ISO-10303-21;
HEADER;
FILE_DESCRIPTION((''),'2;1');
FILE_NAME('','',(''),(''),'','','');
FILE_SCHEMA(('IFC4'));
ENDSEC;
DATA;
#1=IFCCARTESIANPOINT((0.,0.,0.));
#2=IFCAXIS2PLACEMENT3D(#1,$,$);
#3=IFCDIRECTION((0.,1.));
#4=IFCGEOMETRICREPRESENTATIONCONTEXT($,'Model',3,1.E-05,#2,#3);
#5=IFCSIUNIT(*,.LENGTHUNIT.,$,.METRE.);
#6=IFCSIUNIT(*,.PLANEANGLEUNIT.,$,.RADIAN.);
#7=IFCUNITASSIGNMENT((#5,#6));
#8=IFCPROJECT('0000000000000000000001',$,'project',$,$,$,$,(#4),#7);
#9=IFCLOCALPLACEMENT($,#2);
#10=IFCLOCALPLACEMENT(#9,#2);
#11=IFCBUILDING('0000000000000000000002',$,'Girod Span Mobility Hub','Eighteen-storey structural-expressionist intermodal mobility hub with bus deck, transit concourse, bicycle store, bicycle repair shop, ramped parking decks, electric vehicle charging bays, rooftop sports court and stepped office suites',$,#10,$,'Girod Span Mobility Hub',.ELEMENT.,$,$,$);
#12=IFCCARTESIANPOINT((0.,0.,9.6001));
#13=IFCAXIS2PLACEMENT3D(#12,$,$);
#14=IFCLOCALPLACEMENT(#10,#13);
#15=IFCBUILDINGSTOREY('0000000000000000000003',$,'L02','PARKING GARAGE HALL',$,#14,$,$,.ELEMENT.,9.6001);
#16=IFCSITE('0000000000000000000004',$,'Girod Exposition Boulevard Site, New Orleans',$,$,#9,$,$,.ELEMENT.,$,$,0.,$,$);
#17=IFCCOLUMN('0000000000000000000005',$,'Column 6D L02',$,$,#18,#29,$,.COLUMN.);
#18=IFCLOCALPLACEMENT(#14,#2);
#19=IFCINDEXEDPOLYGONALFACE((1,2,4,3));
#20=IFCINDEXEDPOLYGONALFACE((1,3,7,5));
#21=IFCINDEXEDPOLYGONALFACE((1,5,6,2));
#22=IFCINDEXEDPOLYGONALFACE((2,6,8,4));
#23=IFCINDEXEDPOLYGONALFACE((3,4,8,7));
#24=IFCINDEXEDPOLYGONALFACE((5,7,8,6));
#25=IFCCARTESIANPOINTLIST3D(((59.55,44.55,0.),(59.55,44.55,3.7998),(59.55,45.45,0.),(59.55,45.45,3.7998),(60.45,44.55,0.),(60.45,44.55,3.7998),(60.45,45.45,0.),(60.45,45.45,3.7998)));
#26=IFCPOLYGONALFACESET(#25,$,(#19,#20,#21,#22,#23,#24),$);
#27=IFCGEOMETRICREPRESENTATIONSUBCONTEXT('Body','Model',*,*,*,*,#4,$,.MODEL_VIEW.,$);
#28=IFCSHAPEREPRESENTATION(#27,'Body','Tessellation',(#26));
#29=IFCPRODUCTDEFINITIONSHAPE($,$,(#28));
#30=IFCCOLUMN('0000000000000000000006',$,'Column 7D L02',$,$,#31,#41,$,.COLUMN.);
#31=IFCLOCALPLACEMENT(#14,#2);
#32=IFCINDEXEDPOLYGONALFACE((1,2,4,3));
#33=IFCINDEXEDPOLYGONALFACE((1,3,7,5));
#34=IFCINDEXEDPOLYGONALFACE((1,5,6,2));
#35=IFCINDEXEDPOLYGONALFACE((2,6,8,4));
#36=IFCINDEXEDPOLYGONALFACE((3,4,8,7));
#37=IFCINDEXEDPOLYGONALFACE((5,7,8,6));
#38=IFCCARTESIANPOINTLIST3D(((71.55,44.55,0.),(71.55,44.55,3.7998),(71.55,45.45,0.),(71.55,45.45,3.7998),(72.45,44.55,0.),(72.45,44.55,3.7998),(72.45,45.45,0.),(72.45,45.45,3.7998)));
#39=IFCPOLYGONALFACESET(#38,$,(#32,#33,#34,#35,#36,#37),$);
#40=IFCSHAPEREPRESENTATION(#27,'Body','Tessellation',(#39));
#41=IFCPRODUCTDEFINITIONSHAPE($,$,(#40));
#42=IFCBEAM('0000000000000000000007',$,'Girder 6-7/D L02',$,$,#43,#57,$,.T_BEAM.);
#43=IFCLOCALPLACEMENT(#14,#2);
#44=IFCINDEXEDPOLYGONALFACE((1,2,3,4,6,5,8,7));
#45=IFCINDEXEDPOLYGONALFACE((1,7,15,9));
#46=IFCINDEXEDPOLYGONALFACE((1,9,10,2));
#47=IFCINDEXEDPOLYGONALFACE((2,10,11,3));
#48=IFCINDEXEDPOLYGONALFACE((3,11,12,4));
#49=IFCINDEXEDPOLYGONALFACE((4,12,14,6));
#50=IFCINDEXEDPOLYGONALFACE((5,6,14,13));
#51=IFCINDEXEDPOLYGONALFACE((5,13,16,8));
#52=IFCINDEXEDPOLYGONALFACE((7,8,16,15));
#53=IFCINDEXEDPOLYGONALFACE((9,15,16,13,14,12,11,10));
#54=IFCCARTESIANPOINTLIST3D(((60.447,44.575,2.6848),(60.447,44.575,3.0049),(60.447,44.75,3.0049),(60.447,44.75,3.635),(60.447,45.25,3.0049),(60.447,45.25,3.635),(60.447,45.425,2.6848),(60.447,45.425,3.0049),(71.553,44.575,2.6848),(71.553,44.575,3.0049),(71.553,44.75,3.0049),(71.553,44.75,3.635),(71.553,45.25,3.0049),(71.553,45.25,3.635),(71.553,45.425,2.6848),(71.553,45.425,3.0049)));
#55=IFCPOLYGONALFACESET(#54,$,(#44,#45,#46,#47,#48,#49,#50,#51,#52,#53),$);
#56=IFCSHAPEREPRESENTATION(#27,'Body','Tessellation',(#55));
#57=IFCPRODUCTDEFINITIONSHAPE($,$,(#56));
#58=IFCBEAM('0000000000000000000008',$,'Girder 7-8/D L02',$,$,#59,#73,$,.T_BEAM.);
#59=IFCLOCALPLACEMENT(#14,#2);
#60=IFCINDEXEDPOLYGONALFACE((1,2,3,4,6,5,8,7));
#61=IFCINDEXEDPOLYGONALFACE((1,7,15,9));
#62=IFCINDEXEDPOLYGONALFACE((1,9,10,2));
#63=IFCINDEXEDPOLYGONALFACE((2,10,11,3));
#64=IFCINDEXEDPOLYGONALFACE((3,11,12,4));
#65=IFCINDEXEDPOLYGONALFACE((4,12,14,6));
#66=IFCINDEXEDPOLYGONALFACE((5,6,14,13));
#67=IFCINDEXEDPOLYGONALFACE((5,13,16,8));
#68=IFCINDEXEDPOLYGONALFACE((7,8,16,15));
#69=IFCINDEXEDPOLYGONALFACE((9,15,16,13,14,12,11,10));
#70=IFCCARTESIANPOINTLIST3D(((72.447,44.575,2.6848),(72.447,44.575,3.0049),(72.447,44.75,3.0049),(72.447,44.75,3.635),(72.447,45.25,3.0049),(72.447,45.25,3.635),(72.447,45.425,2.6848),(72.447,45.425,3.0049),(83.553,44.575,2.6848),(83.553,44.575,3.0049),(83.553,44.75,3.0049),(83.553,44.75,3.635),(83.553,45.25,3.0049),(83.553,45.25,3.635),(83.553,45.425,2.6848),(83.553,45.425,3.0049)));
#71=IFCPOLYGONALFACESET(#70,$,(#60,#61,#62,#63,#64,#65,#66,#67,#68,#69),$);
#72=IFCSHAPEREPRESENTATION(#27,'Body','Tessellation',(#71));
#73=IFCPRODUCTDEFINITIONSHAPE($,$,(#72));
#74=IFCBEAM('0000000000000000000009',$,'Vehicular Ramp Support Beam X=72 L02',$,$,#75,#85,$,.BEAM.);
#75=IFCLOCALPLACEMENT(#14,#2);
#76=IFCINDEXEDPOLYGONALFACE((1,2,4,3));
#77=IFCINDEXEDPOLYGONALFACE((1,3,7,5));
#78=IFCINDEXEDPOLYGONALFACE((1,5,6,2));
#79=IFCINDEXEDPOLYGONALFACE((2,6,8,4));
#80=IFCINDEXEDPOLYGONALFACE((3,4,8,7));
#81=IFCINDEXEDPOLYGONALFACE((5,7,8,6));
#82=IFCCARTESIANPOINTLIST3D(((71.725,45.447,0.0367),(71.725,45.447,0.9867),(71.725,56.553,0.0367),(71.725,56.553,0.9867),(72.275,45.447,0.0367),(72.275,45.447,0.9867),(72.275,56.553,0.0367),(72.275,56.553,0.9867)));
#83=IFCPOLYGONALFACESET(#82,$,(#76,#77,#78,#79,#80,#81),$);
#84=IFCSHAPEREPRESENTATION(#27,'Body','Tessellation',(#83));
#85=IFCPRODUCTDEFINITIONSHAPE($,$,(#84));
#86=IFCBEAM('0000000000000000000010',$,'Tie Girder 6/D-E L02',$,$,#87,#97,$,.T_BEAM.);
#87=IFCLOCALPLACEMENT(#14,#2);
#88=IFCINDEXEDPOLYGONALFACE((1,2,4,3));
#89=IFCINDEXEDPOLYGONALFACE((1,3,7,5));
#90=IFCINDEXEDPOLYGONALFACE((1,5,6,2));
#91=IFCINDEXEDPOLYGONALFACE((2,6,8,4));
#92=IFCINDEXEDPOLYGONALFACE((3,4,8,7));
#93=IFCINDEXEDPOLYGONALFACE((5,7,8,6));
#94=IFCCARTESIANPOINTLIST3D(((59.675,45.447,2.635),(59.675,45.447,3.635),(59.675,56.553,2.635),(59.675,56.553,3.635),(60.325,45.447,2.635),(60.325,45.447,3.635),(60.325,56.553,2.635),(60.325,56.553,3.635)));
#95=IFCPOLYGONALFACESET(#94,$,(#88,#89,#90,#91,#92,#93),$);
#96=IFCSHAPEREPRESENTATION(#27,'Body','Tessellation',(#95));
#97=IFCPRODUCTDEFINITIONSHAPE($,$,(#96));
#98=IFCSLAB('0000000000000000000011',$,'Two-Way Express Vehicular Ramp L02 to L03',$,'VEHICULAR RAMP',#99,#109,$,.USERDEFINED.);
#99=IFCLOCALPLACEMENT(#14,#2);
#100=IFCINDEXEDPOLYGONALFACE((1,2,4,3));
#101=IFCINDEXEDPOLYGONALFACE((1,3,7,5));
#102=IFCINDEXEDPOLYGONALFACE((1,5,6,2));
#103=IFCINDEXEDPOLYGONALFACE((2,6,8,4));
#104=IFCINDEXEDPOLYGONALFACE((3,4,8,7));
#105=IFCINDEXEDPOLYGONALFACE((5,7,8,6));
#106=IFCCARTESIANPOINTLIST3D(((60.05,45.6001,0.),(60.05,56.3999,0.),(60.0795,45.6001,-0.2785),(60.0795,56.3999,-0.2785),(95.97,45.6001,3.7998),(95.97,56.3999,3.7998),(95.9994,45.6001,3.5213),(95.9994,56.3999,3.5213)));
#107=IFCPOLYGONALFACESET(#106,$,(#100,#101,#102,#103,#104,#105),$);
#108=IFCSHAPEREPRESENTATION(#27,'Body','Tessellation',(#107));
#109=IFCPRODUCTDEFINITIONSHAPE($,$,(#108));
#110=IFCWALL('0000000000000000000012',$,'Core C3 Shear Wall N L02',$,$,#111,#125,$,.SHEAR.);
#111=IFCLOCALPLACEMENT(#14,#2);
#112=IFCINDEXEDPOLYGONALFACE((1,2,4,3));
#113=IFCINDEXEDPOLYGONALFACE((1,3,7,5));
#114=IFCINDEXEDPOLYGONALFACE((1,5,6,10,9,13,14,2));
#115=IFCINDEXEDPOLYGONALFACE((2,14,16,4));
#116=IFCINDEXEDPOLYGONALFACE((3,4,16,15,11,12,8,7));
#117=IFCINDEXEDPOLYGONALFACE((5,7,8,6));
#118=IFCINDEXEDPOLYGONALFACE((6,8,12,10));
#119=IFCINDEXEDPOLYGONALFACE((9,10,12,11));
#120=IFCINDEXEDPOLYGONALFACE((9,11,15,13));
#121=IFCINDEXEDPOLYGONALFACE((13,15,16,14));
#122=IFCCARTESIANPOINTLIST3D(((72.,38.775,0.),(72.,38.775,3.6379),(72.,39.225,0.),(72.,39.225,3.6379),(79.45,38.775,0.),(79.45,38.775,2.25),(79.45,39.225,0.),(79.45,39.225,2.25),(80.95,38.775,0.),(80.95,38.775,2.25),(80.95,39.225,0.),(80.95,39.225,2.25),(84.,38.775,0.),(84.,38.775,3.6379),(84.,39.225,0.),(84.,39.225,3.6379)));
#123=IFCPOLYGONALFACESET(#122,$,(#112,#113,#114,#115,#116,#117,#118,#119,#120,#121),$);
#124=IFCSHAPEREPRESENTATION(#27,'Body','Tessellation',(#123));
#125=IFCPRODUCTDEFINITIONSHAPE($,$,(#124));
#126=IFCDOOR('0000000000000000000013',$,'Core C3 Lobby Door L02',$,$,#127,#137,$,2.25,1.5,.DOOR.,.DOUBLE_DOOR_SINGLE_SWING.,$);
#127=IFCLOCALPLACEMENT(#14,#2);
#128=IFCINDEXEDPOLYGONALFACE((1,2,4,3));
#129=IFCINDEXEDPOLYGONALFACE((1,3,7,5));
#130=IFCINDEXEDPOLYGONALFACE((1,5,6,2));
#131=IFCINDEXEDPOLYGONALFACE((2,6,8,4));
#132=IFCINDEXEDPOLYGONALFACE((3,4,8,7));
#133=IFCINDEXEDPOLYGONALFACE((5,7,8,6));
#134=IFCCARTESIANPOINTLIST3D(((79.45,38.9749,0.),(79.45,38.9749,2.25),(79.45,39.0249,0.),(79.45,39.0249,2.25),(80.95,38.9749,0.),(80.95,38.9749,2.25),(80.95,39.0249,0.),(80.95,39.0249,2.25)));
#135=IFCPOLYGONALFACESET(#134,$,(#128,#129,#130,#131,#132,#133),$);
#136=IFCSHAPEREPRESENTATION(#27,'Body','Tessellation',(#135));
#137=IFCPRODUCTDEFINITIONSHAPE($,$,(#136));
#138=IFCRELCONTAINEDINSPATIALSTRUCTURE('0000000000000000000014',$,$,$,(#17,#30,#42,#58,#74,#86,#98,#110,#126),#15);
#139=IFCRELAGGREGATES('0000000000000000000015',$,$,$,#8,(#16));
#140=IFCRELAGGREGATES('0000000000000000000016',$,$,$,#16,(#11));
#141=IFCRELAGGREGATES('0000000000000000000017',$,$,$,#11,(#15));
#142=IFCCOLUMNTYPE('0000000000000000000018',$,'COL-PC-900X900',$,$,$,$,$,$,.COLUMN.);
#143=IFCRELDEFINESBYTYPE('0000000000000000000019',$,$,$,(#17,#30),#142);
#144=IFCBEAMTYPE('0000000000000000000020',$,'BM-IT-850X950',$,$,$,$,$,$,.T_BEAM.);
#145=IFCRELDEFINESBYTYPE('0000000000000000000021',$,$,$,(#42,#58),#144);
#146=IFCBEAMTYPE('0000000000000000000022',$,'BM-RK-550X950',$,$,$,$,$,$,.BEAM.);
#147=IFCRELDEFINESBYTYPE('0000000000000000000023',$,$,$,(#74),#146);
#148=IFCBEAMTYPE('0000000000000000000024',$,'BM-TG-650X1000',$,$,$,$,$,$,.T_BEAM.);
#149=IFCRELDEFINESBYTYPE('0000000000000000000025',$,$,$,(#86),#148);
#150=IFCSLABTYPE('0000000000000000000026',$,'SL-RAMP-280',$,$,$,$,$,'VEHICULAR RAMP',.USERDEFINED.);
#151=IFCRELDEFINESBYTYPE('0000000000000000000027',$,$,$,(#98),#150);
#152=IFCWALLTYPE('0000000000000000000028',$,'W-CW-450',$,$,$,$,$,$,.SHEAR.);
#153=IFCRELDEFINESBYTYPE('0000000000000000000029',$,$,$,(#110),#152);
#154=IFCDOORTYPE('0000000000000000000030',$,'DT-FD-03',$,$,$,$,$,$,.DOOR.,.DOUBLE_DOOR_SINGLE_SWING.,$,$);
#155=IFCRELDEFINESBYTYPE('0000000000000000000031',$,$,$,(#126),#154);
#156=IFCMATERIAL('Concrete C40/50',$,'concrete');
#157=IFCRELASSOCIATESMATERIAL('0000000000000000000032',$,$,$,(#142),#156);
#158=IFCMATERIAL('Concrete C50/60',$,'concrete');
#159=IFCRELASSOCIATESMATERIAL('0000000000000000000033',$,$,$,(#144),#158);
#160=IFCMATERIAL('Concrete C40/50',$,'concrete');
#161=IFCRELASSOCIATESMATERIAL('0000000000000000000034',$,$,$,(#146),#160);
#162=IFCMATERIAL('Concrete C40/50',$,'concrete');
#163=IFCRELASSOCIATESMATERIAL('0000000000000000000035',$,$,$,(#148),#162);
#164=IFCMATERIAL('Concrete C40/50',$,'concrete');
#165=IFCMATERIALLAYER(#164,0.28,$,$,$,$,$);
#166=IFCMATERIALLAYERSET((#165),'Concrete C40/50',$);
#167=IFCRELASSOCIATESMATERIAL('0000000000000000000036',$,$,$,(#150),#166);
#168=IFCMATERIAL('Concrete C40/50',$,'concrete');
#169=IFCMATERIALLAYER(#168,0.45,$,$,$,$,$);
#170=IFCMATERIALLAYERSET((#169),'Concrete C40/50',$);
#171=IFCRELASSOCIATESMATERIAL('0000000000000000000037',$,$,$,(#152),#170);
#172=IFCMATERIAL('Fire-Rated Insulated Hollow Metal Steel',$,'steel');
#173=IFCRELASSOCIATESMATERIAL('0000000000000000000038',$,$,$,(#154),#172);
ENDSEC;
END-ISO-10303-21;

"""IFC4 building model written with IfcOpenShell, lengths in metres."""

from ifc_helpers import new_model, si_unit, direction, frame, frame_2d, origin, origin_2d, place, context, subcontext, project, spatial, polyline, rectangle, outline, extrude, material, layer, layer_set, material_profile, profile_set, type_object, element, fill, save


model = new_model("IFC4")

# Units and contexts
model_context = context("Model", 3, precision=1e-05, world=origin(), true_north=direction((0.0, 1.0)))
body_context = subcontext(model_context, "Body", "Model", "MODEL_VIEW")
ifc_project = project(units=[si_unit("LENGTHUNIT", "METRE"), si_unit("PLANEANGLEUNIT", "RADIAN")], contexts=[model_context])

# Site, building, storey
site_placement = place(None, origin())
site = spatial("IfcSite", under=ifc_project, at=site_placement, Name="Girod Exposition Boulevard Site, New Orleans", CompositionType="ELEMENT", RefElevation=0.0)
building_placement = place(site_placement, origin())
building = spatial("IfcBuilding", under=site, at=building_placement, Name="Girod Span Mobility Hub", Description="Eighteen-storey structural-expressionist intermodal mobility hub with bus deck, transit concourse, bicycle store, bicycle repair shop, ramped parking decks, electric vehicle charging bays, rooftop sports court and stepped office suites", LongName="Girod Span Mobility Hub", CompositionType="ELEMENT")
storey_placement = place(building_placement, frame((0.0, 0.0, 9.6001)))
storey = spatial("IfcBuildingStorey", under=building, at=storey_placement, Name="L02", Description="PARKING GARAGE HALL", CompositionType="ELEMENT", Elevation=9.6001)

# Columns
ifc_material_1 = material(Name="Concrete C40/50", Category="concrete")
ifc_material_profile_1 = material_profile(ifc_material_1, rectangle(XDim=0.8999, YDim=0.8999, at=origin_2d()), Name="PC-COL-900X900")
ifc_profile_set_1 = profile_set([ifc_material_profile_1], Name="Concrete C40/50")
column_type = type_object("IfcColumnType", Name="COL-PC-900X900", PredefinedType="COLUMN", material=ifc_profile_set_1)
for number, where, z_axis, x_axis, name in (
    (1, (60.0, 45.0, 0.0), (0.0, 0.0, 1.0), (1.0, 0.0, 0.0), "Column 6D L02"),
    (2, (72.0, 45.0, 0.0), (0.0, 0.0, 1.0), (1.0, 0.0, 0.0), "Column 7D L02"),
):
    element("IfcColumn", number, at=place(storey_placement, frame(where, z_axis=z_axis, x_axis=x_axis)), inside=storey, type_object=column_type, Name=name, PredefinedType="COLUMN", context=body_context, shape_type="SweptSolid", body=[
        extrude(rectangle(XDim=0.8999, YDim=0.8999, at=origin_2d()), origin(), (0.0, 0.0, 1.0), 3.7998),
    ])

# Beams
ifc_material_2 = material(Name="Concrete C50/60", Category="concrete")
ifc_material_profile_2 = material_profile(ifc_material_2, outline(polyline([(-0.425, -0.4751), (0.425, -0.4751), (0.425, -0.155), (0.25, -0.155), (0.25, 0.4751), (-0.25, 0.4751), (-0.25, -0.155), (-0.425, -0.155), (-0.425, -0.4751)])), Name="IT-850X950")
ifc_profile_set_2 = profile_set([ifc_material_profile_2], Name="Concrete C50/60")
beam_type_1 = type_object("IfcBeamType", Name="BM-IT-850X950", PredefinedType="T_BEAM", material=ifc_profile_set_2)
for number, where, z_axis, x_axis, name in (
    (3, (60.447, 45.0, 3.1599), (1.0, 0.0, 0.0), (0.0, 1.0, 0.0), "Girder 6-7/D L02"),
    (4, (72.447, 45.0, 3.1599), (1.0, 0.0, 0.0), (0.0, 1.0, 0.0), "Girder 7-8/D L02"),
):
    element("IfcBeam", number, at=place(storey_placement, frame(where, z_axis=z_axis, x_axis=x_axis)), inside=storey, type_object=beam_type_1, Name=name, PredefinedType="T_BEAM", context=body_context, shape_type="SweptSolid", body=[
        extrude(outline(polyline([(-0.425, -0.4751), (0.425, -0.4751), (0.425, -0.155), (0.25, -0.155), (0.25, 0.4751), (-0.25, 0.4751), (-0.25, -0.155), (-0.425, -0.155), (-0.425, -0.4751)])), origin(), (0.0, 0.0, 1.0), 11.106),
    ])
ifc_material_3 = material(Name="Concrete C40/50", Category="concrete")
ifc_material_profile_3 = material_profile(ifc_material_3, rectangle(XDim=0.55, YDim=0.95, at=origin_2d()), Name="RK-550X950")
ifc_profile_set_3 = profile_set([ifc_material_profile_3], Name="Concrete C40/50")
beam_type_2 = type_object("IfcBeamType", Name="BM-RK-550X950", PredefinedType="BEAM", material=ifc_profile_set_3)
beam_1_placement = place(storey_placement, frame((72.0, 45.447, 0.5117), z_axis=(0.0, 1.0, 0.0), x_axis=(-1.0, 0.0, 0.0)))
element("IfcBeam", 5, at=beam_1_placement, inside=storey, type_object=beam_type_2, Name="Vehicular Ramp Support Beam X=72 L02", PredefinedType="BEAM", context=body_context, shape_type="SweptSolid", body=[
    extrude(rectangle(XDim=0.55, YDim=0.95, at=origin_2d()), origin(), (0.0, 0.0, 1.0), 11.106),
])
ifc_material_4 = material(Name="Concrete C40/50", Category="concrete")
ifc_material_profile_4 = material_profile(ifc_material_4, rectangle(XDim=0.6499, YDim=1.0, at=origin_2d()), Name="TG-650X1000")
ifc_profile_set_4 = profile_set([ifc_material_profile_4], Name="Concrete C40/50")
beam_type_3 = type_object("IfcBeamType", Name="BM-TG-650X1000", PredefinedType="T_BEAM", material=ifc_profile_set_4)
beam_2_placement = place(storey_placement, frame((60.0, 45.447, 3.135), z_axis=(0.0, 1.0, 0.0), x_axis=(-1.0, 0.0, 0.0)))
element("IfcBeam", 6, at=beam_2_placement, inside=storey, type_object=beam_type_3, Name="Tie Girder 6/D-E L02", PredefinedType="T_BEAM", context=body_context, shape_type="SweptSolid", body=[
    extrude(rectangle(XDim=0.6499, YDim=1.0, at=origin_2d()), origin(), (0.0, 0.0, 1.0), 11.106),
])

# Slab
ifc_material_5 = material(Name="Concrete C40/50", Category="concrete")
ifc_layer_1 = layer(ifc_material_5, 0.28)
ifc_layer_set_1 = layer_set([ifc_layer_1], Name="Concrete C40/50")
slab_type = type_object("IfcSlabType", Name="SL-RAMP-280", ElementType="VEHICULAR RAMP", PredefinedType="USERDEFINED", material=ifc_layer_set_1)
slab_placement = place(storey_placement, frame((60.05, 45.6001, 0.0), z_axis=(-0.105198, 0.0, 0.994451), x_axis=(0.994451, 0.0, 0.105198)))
element("IfcSlab", 7, at=slab_placement, inside=storey, type_object=slab_type, Name="Two-Way Express Vehicular Ramp L02 to L03", ObjectType="VEHICULAR RAMP", PredefinedType="USERDEFINED", context=body_context, shape_type="SweptSolid", body=[
    extrude(outline(polyline([(0.0, 0.0), (36.1203, 0.0), (36.1203, 10.7998), (0.0, 10.7998), (0.0, 0.0)])), origin(), (0.0, 0.0, -1.0), 0.28),
])

# Wall, opening, door
ifc_material_6 = material(Name="Concrete C40/50", Category="concrete")
ifc_layer_2 = layer(ifc_material_6, 0.45)
ifc_layer_set_2 = layer_set([ifc_layer_2], Name="Concrete C40/50")
wall_type_1 = type_object("IfcWallType", Name="W-CW-450", PredefinedType="SHEAR", material=ifc_layer_set_2)
wall_1_placement = place(storey_placement, frame((72.0, 39.0, 0.0), z_axis=(0.0, 0.0, 1.0), x_axis=(1.0, 0.0, 0.0)))
wall_1 = element("IfcWall", 8, at=wall_1_placement, inside=storey, type_object=wall_type_1, Name="Core C3 Shear Wall N L02", PredefinedType="SHEAR", context=body_context, shape_type="SweptSolid", body=[
    extrude(rectangle(XDim=12.0, YDim=0.45, at=frame_2d((6.0, 0.0))), origin(), (0.0, 0.0, 1.0), 3.6379),
])
opening_1_placement = place(wall_1_placement, frame((7.45, 0.0, 0.0)))
opening_1 = element("IfcOpeningElement", 9, at=opening_1_placement, cuts=wall_1, PredefinedType="OPENING", context=body_context, shape_type="SweptSolid", body=[
    extrude(rectangle(XDim=1.5, YDim=2.25, at=frame_2d((0.75, 1.125))), frame((0.0, 0.24, 0.0), z_axis=(0.0, -1.0, 0.0), x_axis=(1.0, 0.0, 0.0)), (0.0, 0.0, 1.0), 0.48),
])
ifc_material_7 = material(Name="Fire-Rated Insulated Hollow Metal Steel", Category="steel")
door_type_1 = type_object("IfcDoorType", Name="DT-FD-03", OperationType="DOUBLE_DOOR_SINGLE_SWING", PredefinedType="DOOR", material=ifc_material_7)
door_1_placement = place(opening_1_placement, origin())
door_1 = element("IfcDoor", 10, at=door_1_placement, inside=storey, type_object=door_type_1, Name="Core C3 Lobby Door L02", OperationType="DOUBLE_DOOR_SINGLE_SWING", OverallHeight=2.25, OverallWidth=1.5, PredefinedType="DOOR", context=body_context, shape_type="SweptSolid", body=[
    extrude(rectangle(XDim=1.5, YDim=2.25, at=frame_2d((0.75, 1.125))), frame((0.0, 0.0249, 0.0), z_axis=(0.0, -1.0, 0.0), x_axis=(1.0, 0.0, 0.0)), (0.0, 0.0, 1.0), 0.05),
])
fill(opening_1, door_1)

save(model, "model.ifc")
